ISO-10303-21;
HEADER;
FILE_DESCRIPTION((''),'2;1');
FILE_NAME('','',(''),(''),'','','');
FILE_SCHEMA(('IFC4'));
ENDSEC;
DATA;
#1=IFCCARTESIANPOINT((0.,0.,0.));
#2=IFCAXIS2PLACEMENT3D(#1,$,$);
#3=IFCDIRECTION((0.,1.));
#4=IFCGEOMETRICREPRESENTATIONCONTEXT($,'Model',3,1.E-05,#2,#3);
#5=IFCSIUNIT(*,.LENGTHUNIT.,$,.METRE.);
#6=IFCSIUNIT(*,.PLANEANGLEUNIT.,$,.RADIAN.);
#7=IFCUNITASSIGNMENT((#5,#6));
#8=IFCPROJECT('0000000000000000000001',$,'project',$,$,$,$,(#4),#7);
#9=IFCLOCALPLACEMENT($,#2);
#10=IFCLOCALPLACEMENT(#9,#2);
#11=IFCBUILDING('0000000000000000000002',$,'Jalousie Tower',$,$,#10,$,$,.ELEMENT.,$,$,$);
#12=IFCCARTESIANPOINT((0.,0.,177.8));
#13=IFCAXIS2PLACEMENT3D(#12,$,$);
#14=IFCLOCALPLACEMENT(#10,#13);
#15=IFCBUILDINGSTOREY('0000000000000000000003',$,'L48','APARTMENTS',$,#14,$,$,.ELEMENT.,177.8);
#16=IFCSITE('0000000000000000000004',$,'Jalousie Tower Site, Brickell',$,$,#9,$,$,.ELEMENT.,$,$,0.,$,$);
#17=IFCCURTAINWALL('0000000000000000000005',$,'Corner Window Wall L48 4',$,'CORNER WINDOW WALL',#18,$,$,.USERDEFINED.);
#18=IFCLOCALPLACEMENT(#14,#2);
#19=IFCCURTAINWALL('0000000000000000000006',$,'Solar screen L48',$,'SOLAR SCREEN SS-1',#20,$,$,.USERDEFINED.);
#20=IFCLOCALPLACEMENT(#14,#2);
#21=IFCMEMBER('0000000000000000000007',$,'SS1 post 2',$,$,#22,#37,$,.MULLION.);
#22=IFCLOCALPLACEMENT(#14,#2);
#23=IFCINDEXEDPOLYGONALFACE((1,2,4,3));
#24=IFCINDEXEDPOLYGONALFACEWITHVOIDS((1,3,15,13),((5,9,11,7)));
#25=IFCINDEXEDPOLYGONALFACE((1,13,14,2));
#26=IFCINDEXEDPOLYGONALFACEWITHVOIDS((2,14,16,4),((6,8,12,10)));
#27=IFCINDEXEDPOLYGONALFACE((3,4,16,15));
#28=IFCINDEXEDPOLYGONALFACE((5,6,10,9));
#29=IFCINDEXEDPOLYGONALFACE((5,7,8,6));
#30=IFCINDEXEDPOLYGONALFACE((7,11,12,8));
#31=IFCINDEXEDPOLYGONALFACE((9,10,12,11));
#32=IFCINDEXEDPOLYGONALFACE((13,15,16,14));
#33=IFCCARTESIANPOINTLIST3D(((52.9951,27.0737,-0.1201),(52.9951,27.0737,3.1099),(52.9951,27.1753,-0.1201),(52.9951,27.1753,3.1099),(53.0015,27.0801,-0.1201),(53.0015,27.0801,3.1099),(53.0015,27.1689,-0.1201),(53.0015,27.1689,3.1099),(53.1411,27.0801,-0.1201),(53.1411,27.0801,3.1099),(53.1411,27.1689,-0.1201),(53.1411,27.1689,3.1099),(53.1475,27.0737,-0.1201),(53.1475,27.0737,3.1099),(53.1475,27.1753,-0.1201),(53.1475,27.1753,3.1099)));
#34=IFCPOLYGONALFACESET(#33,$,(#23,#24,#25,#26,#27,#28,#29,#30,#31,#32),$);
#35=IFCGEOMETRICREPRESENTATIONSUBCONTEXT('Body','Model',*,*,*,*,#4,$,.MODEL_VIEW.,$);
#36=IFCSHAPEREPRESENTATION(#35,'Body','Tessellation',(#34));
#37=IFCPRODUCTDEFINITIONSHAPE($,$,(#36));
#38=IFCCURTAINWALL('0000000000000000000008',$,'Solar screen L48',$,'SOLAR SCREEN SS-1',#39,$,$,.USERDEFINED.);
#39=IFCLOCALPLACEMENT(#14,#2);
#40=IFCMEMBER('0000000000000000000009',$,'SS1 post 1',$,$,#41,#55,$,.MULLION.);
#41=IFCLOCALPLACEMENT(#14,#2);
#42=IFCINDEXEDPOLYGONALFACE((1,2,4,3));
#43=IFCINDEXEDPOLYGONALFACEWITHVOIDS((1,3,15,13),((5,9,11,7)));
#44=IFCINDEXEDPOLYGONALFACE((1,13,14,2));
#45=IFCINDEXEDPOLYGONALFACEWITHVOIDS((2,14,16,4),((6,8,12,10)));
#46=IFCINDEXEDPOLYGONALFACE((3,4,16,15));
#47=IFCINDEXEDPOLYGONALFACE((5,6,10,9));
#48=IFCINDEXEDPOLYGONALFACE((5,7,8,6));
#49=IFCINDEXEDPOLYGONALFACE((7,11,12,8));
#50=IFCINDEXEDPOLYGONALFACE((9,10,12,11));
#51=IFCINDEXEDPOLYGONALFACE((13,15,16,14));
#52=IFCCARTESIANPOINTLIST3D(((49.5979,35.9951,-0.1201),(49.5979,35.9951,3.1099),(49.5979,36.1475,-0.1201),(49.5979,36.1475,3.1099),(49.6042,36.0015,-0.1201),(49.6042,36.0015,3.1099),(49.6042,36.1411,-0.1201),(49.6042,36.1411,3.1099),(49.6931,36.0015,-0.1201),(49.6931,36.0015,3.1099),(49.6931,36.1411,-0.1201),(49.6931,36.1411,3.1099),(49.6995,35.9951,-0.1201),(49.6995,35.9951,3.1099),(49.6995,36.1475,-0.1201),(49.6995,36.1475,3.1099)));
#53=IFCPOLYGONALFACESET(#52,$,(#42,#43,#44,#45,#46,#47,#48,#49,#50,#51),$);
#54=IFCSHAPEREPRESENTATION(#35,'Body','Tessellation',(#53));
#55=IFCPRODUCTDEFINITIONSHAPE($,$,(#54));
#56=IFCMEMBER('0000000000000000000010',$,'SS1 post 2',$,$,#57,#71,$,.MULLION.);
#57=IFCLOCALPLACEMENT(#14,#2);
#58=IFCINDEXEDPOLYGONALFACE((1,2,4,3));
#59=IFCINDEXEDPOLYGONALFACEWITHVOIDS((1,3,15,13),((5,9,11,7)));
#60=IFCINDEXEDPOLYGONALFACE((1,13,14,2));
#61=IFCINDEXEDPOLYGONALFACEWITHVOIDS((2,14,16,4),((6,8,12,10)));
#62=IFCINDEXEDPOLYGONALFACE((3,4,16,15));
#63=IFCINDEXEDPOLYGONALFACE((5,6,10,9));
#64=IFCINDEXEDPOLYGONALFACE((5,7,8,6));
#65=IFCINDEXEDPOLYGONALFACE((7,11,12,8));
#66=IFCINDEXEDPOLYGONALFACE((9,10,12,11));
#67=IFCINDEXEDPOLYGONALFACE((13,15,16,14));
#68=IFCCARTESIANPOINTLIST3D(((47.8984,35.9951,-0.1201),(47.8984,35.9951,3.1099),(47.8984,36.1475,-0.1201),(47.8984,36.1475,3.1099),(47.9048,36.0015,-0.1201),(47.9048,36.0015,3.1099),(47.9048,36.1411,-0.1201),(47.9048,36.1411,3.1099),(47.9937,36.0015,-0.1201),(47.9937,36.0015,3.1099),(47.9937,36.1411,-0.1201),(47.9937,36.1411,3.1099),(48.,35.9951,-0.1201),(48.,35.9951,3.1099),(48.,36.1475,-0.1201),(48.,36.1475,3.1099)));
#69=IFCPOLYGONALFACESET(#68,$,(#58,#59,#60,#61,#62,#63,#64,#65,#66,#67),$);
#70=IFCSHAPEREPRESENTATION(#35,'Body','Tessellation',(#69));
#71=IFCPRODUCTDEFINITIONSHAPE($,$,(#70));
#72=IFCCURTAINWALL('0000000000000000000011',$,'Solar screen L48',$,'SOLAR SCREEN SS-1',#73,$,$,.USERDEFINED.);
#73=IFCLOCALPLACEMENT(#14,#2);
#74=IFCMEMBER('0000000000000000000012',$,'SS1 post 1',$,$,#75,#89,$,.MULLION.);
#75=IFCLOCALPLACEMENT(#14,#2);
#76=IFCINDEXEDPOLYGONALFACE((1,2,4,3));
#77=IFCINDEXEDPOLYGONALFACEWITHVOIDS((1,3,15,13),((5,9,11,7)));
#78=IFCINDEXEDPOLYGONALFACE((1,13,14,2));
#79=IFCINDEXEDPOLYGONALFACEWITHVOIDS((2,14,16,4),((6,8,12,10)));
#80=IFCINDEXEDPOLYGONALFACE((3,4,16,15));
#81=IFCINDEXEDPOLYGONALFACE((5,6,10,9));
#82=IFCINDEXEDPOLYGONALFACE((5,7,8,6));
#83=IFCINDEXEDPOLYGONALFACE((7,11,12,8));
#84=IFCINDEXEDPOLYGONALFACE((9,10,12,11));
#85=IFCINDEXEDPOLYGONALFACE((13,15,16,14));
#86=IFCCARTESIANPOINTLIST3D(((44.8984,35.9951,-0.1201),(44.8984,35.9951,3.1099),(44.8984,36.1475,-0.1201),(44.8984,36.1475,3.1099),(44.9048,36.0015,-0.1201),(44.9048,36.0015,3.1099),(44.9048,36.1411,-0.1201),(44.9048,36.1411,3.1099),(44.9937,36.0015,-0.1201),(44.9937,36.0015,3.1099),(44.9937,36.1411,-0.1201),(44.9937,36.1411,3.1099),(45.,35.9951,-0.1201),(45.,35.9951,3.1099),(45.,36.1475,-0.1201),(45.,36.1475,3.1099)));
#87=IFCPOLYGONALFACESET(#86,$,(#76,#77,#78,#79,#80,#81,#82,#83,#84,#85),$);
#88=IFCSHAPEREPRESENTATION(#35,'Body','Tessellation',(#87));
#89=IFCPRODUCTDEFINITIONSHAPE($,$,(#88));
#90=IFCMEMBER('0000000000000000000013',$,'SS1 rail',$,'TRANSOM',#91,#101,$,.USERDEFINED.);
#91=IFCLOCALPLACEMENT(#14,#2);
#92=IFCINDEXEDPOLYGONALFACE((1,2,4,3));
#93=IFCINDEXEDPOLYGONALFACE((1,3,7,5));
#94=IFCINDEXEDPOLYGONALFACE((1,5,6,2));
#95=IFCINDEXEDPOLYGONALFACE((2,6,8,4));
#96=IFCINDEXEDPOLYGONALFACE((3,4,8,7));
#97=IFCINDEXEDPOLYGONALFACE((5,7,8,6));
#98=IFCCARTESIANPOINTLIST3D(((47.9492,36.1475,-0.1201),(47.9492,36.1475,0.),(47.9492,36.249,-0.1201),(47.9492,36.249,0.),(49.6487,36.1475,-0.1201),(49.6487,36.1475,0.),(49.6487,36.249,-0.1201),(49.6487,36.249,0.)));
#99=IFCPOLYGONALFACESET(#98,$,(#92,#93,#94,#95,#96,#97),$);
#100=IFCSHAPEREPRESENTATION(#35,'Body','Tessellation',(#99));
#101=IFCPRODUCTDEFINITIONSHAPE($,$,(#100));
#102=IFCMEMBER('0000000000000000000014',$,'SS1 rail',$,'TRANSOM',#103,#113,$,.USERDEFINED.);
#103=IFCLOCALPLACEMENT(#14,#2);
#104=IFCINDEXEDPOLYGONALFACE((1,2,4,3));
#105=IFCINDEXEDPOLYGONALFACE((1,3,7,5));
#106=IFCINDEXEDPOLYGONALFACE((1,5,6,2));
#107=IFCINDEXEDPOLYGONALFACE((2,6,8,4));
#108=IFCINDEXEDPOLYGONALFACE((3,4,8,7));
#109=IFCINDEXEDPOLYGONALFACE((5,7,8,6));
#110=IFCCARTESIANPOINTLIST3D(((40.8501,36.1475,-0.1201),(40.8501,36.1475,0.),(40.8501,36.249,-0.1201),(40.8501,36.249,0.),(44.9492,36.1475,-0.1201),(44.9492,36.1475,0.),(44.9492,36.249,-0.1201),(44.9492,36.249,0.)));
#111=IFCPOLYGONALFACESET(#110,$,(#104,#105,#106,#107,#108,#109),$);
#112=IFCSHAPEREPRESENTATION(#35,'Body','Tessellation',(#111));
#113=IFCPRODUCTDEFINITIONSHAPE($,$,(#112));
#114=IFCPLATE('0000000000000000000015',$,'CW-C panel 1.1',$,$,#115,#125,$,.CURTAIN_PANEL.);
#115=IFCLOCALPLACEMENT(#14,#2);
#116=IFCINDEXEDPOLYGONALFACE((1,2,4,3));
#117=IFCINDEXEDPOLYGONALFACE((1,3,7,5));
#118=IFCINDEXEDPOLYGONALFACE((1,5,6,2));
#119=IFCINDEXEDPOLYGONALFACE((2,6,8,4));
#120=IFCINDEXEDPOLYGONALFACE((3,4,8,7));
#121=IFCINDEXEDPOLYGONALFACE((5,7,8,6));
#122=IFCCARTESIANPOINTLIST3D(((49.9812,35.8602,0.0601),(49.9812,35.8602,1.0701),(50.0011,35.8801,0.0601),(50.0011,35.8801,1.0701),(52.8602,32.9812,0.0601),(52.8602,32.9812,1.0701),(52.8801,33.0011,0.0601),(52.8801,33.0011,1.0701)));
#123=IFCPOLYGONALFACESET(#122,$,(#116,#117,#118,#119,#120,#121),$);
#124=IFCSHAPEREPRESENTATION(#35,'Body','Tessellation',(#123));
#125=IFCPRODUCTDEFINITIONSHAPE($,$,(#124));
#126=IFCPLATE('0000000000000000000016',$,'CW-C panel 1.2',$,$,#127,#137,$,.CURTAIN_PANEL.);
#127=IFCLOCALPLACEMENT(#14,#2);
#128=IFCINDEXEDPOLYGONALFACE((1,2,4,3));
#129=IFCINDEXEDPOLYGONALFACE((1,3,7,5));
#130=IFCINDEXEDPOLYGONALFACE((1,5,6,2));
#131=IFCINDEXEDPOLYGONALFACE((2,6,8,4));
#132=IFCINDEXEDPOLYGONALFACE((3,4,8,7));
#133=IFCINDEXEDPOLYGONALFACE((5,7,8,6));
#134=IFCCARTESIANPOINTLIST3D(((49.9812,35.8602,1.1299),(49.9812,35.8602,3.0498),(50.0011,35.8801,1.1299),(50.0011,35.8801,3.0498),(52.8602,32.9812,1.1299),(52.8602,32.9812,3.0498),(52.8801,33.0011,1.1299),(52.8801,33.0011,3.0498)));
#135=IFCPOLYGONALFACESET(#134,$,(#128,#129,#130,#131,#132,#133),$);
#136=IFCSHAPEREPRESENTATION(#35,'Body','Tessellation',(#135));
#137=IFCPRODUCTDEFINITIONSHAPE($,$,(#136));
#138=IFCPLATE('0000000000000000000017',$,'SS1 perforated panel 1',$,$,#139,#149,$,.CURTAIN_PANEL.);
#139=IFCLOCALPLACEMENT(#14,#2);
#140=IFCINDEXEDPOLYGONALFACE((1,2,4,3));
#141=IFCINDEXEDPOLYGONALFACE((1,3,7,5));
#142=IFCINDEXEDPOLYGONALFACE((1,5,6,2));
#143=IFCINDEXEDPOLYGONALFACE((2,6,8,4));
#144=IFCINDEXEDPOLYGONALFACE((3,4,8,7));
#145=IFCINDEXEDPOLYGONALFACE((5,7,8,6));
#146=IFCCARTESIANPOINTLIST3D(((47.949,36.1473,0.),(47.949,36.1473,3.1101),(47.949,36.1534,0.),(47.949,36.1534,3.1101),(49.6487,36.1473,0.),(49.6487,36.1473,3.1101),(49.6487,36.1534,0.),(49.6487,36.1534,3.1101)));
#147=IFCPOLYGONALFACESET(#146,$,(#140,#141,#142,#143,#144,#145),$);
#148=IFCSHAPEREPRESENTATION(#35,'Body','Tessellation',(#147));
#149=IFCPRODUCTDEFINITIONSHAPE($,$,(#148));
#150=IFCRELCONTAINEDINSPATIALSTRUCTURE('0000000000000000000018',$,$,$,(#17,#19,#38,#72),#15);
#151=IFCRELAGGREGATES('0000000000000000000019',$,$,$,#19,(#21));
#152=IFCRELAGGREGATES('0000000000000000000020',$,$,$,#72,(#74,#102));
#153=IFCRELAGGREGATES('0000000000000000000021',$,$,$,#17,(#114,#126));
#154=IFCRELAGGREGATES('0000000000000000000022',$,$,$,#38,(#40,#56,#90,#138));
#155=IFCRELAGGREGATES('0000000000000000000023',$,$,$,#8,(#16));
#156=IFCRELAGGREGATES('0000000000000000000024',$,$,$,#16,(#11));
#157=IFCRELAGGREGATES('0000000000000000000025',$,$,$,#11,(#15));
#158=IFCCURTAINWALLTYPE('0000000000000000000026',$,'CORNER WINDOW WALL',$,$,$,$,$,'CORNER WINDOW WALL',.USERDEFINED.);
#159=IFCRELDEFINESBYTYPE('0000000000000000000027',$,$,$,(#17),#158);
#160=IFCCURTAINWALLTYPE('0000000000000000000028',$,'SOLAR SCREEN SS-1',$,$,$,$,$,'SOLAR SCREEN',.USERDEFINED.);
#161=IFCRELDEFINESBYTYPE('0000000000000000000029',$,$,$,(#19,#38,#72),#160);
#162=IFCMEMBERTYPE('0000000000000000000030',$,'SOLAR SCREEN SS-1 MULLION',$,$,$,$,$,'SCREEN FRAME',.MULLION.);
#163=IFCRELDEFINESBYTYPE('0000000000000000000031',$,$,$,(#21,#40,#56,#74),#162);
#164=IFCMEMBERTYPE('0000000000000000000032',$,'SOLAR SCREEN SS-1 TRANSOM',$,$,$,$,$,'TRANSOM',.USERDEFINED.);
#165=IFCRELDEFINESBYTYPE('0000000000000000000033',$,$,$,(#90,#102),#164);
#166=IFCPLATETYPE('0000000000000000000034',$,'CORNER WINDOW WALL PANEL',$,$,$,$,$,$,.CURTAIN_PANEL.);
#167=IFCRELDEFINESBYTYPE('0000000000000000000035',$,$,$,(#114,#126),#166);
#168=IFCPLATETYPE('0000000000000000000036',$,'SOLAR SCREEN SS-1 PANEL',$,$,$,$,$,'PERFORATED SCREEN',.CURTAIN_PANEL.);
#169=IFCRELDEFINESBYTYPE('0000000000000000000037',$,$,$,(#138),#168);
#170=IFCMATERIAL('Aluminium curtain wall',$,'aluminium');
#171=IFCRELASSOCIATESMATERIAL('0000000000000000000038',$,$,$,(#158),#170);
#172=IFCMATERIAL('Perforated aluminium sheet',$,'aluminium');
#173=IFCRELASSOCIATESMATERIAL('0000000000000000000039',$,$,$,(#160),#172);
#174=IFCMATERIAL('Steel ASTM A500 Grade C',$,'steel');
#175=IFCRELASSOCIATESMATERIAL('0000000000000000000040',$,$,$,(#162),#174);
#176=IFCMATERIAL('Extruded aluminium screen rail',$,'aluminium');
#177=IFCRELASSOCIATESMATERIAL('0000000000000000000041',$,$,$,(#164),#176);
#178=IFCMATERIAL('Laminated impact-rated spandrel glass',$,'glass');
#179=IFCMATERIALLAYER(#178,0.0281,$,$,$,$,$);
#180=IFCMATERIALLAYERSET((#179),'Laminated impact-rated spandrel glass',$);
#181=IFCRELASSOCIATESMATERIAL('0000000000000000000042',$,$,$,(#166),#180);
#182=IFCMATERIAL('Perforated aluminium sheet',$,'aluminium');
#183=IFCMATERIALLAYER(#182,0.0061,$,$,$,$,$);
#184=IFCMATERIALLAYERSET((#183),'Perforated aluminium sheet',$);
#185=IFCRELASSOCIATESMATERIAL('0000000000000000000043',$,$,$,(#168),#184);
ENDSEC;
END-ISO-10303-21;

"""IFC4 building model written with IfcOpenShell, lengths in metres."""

from ifc_helpers import new_model, si_unit, direction, frame, origin, origin_2d, place, context, subcontext, project, spatial, rectangle, hollow_rectangle, extrude, material, layer, layer_set, material_profile, profile_set, type_object, element, aggregate, save


model = new_model("IFC4")

# Units and contexts
model_context = context("Model", 3, precision=1e-05, world=origin(), true_north=direction((0.0, 1.0)))
body_context = subcontext(model_context, "Body", "Model", "MODEL_VIEW")
ifc_project = project(units=[si_unit("LENGTHUNIT", "METRE"), si_unit("PLANEANGLEUNIT", "RADIAN")], contexts=[model_context])

# Site, building, storey
site_placement = place(None, origin())
site = spatial("IfcSite", under=ifc_project, at=site_placement, Name="Jalousie Tower Site, Brickell", CompositionType="ELEMENT", RefElevation=0.0)
building_placement = place(site_placement, origin())
building = spatial("IfcBuilding", under=site, at=building_placement, Name="Jalousie Tower", CompositionType="ELEMENT")
storey_placement = place(building_placement, frame((0.0, 0.0, 177.8)))
storey = spatial("IfcBuildingStorey", under=building, at=storey_placement, Name="L48", Description="APARTMENTS", CompositionType="ELEMENT", Elevation=177.8)

# Curtain wall
ifc_material_1 = material(Name="Aluminium curtain wall", Category="aluminium")
curtain_wall_type_1 = type_object("IfcCurtainWallType", Name="CORNER WINDOW WALL", ElementType="CORNER WINDOW WALL", PredefinedType="USERDEFINED", material=ifc_material_1)
curtain_wall_1_placement = place(storey_placement, origin())
curtain_wall_1 = element("IfcCurtainWall", 1, at=curtain_wall_1_placement, inside=storey, type_object=curtain_wall_type_1, Name="Corner Window Wall L48 4", ObjectType="CORNER WINDOW WALL", PredefinedType="USERDEFINED")

# Curtain wall, member
ifc_material_2 = material(Name="Perforated aluminium sheet", Category="aluminium")
curtain_wall_type_2 = type_object("IfcCurtainWallType", Name="SOLAR SCREEN SS-1", ElementType="SOLAR SCREEN", PredefinedType="USERDEFINED", material=ifc_material_2)
curtain_wall_2_placement = place(storey_placement, origin())
curtain_wall_2 = element("IfcCurtainWall", 2, at=curtain_wall_2_placement, inside=storey, type_object=curtain_wall_type_2, Name="Solar screen L48", ObjectType="SOLAR SCREEN SS-1", PredefinedType="USERDEFINED")
ifc_material_3 = material(Name="Steel ASTM A500 Grade C", Category="steel")
ifc_material_profile_1 = material_profile(ifc_material_3, hollow_rectangle(XDim=0.1016, YDim=0.1523, WallThickness=0.0063, at=origin_2d()), Name="HSS6X4X1/4")
ifc_profile_set_1 = profile_set([ifc_material_profile_1], Name="Steel ASTM A500 Grade C")
member_type_1 = type_object("IfcMemberType", Name="SOLAR SCREEN SS-1 MULLION", ElementType="SCREEN FRAME", PredefinedType="MULLION", material=ifc_profile_set_1)
member_1_placement = place(storey_placement, frame((53.0713, 27.1245, -0.1201), z_axis=(0.0, 0.0, 1.0), x_axis=(0.0, 1.0, 0.0)))
member_1 = element("IfcMember", 3, at=member_1_placement, type_object=member_type_1, Name="SS1 post 2", PredefinedType="MULLION", context=body_context, shape_type="SweptSolid", body=[
    extrude(hollow_rectangle(XDim=0.1016, YDim=0.1523, WallThickness=0.0063, at=origin_2d()), origin(), (0.0, 0.0, 1.0), 3.23),
])
aggregate(curtain_wall_2, [member_1])

# Curtain wall, members
curtain_wall_3_placement = place(storey_placement, origin())
curtain_wall_3 = element("IfcCurtainWall", 4, at=curtain_wall_3_placement, inside=storey, type_object=curtain_wall_type_2, Name="Solar screen L48", ObjectType="SOLAR SCREEN SS-1", PredefinedType="USERDEFINED")
member_2_placement = place(storey_placement, frame((49.6487, 36.0713, -0.1201), z_axis=(0.0, 0.0, 1.0), x_axis=(-1.0, 0.0, 0.0)))
member_2 = element("IfcMember", 5, at=member_2_placement, type_object=member_type_1, Name="SS1 post 1", PredefinedType="MULLION", context=body_context, shape_type="SweptSolid", body=[
    extrude(hollow_rectangle(XDim=0.1016, YDim=0.1523, WallThickness=0.0063, at=origin_2d()), origin(), (0.0, 0.0, 1.0), 3.23),
])
member_3_placement = place(storey_placement, frame((47.9492, 36.0713, -0.1201), z_axis=(0.0, 0.0, 1.0), x_axis=(-1.0, 0.0, 0.0)))
member_3 = element("IfcMember", 6, at=member_3_placement, type_object=member_type_1, Name="SS1 post 2", PredefinedType="MULLION", context=body_context, shape_type="SweptSolid", body=[
    extrude(hollow_rectangle(XDim=0.1016, YDim=0.1523, WallThickness=0.0063, at=origin_2d()), origin(), (0.0, 0.0, 1.0), 3.23),
])

# Curtain wall, member
curtain_wall_4_placement = place(storey_placement, origin())
curtain_wall_4 = element("IfcCurtainWall", 7, at=curtain_wall_4_placement, inside=storey, type_object=curtain_wall_type_2, Name="Solar screen L48", ObjectType="SOLAR SCREEN SS-1", PredefinedType="USERDEFINED")
member_4_placement = place(storey_placement, frame((44.9492, 36.0713, -0.1201), z_axis=(0.0, 0.0, 1.0), x_axis=(-1.0, 0.0, 0.0)))
member_4 = element("IfcMember", 8, at=member_4_placement, type_object=member_type_1, Name="SS1 post 1", PredefinedType="MULLION", context=body_context, shape_type="SweptSolid", body=[
    extrude(hollow_rectangle(XDim=0.1016, YDim=0.1523, WallThickness=0.0063, at=origin_2d()), origin(), (0.0, 0.0, 1.0), 3.23),
])

# Members
ifc_material_4 = material(Name="Extruded aluminium screen rail", Category="aluminium")
ifc_material_profile_2 = material_profile(ifc_material_4, rectangle(XDim=0.1016, YDim=0.1201, at=origin_2d()), Name="RAIL 102x120")
ifc_profile_set_2 = profile_set([ifc_material_profile_2], Name="Extruded aluminium screen rail")
member_type_2 = type_object("IfcMemberType", Name="SOLAR SCREEN SS-1 TRANSOM", ElementType="TRANSOM", PredefinedType="USERDEFINED", material=ifc_profile_set_2)
member_5_placement = place(storey_placement, frame((49.6487, 36.1982, -0.0601), z_axis=(-1.0, 0.0, 0.0), x_axis=(0.0, -1.0, 0.0)))
member_5 = element("IfcMember", 9, at=member_5_placement, type_object=member_type_2, Name="SS1 rail", ObjectType="TRANSOM", PredefinedType="USERDEFINED", context=body_context, shape_type="SweptSolid", body=[
    extrude(rectangle(XDim=0.1016, YDim=0.1201, at=origin_2d()), origin(), (0.0, 0.0, 1.0), 1.6995),
])
member_6_placement = place(storey_placement, frame((44.9492, 36.1982, -0.0601), z_axis=(-1.0, 0.0, 0.0), x_axis=(0.0, -1.0, 0.0)))
member_6 = element("IfcMember", 10, at=member_6_placement, type_object=member_type_2, Name="SS1 rail", ObjectType="TRANSOM", PredefinedType="USERDEFINED", context=body_context, shape_type="SweptSolid", body=[
    extrude(rectangle(XDim=0.1016, YDim=0.1201, at=origin_2d()), origin(), (0.0, 0.0, 1.0), 4.0991),
])
aggregate(curtain_wall_4, [member_4, member_6])

# Plates
ifc_material_5 = material(Name="Laminated impact-rated spandrel glass", Category="glass")
ifc_layer_1 = layer(ifc_material_5, 0.0281)
ifc_layer_set_1 = layer_set([ifc_layer_1], Name="Laminated impact-rated spandrel glass")
plate_type_1 = type_object("IfcPlateType", Name="CORNER WINDOW WALL PANEL", PredefinedType="CURTAIN_PANEL", material=ifc_layer_set_1)
plate_1_placement = place(storey_placement, frame((51.4307, 34.4307, 0.0601), z_axis=(0.0, 0.0, 1.0), x_axis=(-0.707107, 0.707107, 0.0)))
plate_1 = element("IfcPlate", 11, at=plate_1_placement, type_object=plate_type_1, Name="CW-C panel 1.1", PredefinedType="CURTAIN_PANEL", context=body_context, shape_type="SweptSolid", body=[
    extrude(rectangle(XDim=4.0715, YDim=0.0281, at=origin_2d()), origin(), (0.0, 0.0, 1.0), 1.01),
])
plate_2_placement = place(storey_placement, frame((51.4307, 34.4307, 1.1299), z_axis=(0.0, 0.0, 1.0), x_axis=(-0.707107, 0.707107, 0.0)))
plate_2 = element("IfcPlate", 12, at=plate_2_placement, type_object=plate_type_1, Name="CW-C panel 1.2", PredefinedType="CURTAIN_PANEL", context=body_context, shape_type="SweptSolid", body=[
    extrude(rectangle(XDim=4.0715, YDim=0.0281, at=origin_2d()), origin(), (0.0, 0.0, 1.0), 1.9199),
])
aggregate(curtain_wall_1, [plate_1, plate_2])
ifc_material_6 = material(Name="Perforated aluminium sheet", Category="aluminium")
ifc_layer_2 = layer(ifc_material_6, 0.0061)
ifc_layer_set_2 = layer_set([ifc_layer_2], Name="Perforated aluminium sheet")
plate_type_2 = type_object("IfcPlateType", Name="SOLAR SCREEN SS-1 PANEL", ElementType="PERFORATED SCREEN", PredefinedType="CURTAIN_PANEL", material=ifc_layer_set_2)
plate_3_placement = place(storey_placement, frame((48.7988, 36.1504, 0.0), z_axis=(0.0, 0.0, 1.0), x_axis=(-1.0, 0.0, 0.0)))
plate_3 = element("IfcPlate", 13, at=plate_3_placement, type_object=plate_type_2, Name="SS1 perforated panel 1", PredefinedType="CURTAIN_PANEL", context=body_context, shape_type="SweptSolid", body=[
    extrude(rectangle(XDim=1.6997, YDim=0.0061, at=origin_2d()), origin(), (0.0, 0.0, 1.0), 3.1101),
])
aggregate(curtain_wall_3, [member_2, member_3, member_5, plate_3])

save(model, "model.ifc")
